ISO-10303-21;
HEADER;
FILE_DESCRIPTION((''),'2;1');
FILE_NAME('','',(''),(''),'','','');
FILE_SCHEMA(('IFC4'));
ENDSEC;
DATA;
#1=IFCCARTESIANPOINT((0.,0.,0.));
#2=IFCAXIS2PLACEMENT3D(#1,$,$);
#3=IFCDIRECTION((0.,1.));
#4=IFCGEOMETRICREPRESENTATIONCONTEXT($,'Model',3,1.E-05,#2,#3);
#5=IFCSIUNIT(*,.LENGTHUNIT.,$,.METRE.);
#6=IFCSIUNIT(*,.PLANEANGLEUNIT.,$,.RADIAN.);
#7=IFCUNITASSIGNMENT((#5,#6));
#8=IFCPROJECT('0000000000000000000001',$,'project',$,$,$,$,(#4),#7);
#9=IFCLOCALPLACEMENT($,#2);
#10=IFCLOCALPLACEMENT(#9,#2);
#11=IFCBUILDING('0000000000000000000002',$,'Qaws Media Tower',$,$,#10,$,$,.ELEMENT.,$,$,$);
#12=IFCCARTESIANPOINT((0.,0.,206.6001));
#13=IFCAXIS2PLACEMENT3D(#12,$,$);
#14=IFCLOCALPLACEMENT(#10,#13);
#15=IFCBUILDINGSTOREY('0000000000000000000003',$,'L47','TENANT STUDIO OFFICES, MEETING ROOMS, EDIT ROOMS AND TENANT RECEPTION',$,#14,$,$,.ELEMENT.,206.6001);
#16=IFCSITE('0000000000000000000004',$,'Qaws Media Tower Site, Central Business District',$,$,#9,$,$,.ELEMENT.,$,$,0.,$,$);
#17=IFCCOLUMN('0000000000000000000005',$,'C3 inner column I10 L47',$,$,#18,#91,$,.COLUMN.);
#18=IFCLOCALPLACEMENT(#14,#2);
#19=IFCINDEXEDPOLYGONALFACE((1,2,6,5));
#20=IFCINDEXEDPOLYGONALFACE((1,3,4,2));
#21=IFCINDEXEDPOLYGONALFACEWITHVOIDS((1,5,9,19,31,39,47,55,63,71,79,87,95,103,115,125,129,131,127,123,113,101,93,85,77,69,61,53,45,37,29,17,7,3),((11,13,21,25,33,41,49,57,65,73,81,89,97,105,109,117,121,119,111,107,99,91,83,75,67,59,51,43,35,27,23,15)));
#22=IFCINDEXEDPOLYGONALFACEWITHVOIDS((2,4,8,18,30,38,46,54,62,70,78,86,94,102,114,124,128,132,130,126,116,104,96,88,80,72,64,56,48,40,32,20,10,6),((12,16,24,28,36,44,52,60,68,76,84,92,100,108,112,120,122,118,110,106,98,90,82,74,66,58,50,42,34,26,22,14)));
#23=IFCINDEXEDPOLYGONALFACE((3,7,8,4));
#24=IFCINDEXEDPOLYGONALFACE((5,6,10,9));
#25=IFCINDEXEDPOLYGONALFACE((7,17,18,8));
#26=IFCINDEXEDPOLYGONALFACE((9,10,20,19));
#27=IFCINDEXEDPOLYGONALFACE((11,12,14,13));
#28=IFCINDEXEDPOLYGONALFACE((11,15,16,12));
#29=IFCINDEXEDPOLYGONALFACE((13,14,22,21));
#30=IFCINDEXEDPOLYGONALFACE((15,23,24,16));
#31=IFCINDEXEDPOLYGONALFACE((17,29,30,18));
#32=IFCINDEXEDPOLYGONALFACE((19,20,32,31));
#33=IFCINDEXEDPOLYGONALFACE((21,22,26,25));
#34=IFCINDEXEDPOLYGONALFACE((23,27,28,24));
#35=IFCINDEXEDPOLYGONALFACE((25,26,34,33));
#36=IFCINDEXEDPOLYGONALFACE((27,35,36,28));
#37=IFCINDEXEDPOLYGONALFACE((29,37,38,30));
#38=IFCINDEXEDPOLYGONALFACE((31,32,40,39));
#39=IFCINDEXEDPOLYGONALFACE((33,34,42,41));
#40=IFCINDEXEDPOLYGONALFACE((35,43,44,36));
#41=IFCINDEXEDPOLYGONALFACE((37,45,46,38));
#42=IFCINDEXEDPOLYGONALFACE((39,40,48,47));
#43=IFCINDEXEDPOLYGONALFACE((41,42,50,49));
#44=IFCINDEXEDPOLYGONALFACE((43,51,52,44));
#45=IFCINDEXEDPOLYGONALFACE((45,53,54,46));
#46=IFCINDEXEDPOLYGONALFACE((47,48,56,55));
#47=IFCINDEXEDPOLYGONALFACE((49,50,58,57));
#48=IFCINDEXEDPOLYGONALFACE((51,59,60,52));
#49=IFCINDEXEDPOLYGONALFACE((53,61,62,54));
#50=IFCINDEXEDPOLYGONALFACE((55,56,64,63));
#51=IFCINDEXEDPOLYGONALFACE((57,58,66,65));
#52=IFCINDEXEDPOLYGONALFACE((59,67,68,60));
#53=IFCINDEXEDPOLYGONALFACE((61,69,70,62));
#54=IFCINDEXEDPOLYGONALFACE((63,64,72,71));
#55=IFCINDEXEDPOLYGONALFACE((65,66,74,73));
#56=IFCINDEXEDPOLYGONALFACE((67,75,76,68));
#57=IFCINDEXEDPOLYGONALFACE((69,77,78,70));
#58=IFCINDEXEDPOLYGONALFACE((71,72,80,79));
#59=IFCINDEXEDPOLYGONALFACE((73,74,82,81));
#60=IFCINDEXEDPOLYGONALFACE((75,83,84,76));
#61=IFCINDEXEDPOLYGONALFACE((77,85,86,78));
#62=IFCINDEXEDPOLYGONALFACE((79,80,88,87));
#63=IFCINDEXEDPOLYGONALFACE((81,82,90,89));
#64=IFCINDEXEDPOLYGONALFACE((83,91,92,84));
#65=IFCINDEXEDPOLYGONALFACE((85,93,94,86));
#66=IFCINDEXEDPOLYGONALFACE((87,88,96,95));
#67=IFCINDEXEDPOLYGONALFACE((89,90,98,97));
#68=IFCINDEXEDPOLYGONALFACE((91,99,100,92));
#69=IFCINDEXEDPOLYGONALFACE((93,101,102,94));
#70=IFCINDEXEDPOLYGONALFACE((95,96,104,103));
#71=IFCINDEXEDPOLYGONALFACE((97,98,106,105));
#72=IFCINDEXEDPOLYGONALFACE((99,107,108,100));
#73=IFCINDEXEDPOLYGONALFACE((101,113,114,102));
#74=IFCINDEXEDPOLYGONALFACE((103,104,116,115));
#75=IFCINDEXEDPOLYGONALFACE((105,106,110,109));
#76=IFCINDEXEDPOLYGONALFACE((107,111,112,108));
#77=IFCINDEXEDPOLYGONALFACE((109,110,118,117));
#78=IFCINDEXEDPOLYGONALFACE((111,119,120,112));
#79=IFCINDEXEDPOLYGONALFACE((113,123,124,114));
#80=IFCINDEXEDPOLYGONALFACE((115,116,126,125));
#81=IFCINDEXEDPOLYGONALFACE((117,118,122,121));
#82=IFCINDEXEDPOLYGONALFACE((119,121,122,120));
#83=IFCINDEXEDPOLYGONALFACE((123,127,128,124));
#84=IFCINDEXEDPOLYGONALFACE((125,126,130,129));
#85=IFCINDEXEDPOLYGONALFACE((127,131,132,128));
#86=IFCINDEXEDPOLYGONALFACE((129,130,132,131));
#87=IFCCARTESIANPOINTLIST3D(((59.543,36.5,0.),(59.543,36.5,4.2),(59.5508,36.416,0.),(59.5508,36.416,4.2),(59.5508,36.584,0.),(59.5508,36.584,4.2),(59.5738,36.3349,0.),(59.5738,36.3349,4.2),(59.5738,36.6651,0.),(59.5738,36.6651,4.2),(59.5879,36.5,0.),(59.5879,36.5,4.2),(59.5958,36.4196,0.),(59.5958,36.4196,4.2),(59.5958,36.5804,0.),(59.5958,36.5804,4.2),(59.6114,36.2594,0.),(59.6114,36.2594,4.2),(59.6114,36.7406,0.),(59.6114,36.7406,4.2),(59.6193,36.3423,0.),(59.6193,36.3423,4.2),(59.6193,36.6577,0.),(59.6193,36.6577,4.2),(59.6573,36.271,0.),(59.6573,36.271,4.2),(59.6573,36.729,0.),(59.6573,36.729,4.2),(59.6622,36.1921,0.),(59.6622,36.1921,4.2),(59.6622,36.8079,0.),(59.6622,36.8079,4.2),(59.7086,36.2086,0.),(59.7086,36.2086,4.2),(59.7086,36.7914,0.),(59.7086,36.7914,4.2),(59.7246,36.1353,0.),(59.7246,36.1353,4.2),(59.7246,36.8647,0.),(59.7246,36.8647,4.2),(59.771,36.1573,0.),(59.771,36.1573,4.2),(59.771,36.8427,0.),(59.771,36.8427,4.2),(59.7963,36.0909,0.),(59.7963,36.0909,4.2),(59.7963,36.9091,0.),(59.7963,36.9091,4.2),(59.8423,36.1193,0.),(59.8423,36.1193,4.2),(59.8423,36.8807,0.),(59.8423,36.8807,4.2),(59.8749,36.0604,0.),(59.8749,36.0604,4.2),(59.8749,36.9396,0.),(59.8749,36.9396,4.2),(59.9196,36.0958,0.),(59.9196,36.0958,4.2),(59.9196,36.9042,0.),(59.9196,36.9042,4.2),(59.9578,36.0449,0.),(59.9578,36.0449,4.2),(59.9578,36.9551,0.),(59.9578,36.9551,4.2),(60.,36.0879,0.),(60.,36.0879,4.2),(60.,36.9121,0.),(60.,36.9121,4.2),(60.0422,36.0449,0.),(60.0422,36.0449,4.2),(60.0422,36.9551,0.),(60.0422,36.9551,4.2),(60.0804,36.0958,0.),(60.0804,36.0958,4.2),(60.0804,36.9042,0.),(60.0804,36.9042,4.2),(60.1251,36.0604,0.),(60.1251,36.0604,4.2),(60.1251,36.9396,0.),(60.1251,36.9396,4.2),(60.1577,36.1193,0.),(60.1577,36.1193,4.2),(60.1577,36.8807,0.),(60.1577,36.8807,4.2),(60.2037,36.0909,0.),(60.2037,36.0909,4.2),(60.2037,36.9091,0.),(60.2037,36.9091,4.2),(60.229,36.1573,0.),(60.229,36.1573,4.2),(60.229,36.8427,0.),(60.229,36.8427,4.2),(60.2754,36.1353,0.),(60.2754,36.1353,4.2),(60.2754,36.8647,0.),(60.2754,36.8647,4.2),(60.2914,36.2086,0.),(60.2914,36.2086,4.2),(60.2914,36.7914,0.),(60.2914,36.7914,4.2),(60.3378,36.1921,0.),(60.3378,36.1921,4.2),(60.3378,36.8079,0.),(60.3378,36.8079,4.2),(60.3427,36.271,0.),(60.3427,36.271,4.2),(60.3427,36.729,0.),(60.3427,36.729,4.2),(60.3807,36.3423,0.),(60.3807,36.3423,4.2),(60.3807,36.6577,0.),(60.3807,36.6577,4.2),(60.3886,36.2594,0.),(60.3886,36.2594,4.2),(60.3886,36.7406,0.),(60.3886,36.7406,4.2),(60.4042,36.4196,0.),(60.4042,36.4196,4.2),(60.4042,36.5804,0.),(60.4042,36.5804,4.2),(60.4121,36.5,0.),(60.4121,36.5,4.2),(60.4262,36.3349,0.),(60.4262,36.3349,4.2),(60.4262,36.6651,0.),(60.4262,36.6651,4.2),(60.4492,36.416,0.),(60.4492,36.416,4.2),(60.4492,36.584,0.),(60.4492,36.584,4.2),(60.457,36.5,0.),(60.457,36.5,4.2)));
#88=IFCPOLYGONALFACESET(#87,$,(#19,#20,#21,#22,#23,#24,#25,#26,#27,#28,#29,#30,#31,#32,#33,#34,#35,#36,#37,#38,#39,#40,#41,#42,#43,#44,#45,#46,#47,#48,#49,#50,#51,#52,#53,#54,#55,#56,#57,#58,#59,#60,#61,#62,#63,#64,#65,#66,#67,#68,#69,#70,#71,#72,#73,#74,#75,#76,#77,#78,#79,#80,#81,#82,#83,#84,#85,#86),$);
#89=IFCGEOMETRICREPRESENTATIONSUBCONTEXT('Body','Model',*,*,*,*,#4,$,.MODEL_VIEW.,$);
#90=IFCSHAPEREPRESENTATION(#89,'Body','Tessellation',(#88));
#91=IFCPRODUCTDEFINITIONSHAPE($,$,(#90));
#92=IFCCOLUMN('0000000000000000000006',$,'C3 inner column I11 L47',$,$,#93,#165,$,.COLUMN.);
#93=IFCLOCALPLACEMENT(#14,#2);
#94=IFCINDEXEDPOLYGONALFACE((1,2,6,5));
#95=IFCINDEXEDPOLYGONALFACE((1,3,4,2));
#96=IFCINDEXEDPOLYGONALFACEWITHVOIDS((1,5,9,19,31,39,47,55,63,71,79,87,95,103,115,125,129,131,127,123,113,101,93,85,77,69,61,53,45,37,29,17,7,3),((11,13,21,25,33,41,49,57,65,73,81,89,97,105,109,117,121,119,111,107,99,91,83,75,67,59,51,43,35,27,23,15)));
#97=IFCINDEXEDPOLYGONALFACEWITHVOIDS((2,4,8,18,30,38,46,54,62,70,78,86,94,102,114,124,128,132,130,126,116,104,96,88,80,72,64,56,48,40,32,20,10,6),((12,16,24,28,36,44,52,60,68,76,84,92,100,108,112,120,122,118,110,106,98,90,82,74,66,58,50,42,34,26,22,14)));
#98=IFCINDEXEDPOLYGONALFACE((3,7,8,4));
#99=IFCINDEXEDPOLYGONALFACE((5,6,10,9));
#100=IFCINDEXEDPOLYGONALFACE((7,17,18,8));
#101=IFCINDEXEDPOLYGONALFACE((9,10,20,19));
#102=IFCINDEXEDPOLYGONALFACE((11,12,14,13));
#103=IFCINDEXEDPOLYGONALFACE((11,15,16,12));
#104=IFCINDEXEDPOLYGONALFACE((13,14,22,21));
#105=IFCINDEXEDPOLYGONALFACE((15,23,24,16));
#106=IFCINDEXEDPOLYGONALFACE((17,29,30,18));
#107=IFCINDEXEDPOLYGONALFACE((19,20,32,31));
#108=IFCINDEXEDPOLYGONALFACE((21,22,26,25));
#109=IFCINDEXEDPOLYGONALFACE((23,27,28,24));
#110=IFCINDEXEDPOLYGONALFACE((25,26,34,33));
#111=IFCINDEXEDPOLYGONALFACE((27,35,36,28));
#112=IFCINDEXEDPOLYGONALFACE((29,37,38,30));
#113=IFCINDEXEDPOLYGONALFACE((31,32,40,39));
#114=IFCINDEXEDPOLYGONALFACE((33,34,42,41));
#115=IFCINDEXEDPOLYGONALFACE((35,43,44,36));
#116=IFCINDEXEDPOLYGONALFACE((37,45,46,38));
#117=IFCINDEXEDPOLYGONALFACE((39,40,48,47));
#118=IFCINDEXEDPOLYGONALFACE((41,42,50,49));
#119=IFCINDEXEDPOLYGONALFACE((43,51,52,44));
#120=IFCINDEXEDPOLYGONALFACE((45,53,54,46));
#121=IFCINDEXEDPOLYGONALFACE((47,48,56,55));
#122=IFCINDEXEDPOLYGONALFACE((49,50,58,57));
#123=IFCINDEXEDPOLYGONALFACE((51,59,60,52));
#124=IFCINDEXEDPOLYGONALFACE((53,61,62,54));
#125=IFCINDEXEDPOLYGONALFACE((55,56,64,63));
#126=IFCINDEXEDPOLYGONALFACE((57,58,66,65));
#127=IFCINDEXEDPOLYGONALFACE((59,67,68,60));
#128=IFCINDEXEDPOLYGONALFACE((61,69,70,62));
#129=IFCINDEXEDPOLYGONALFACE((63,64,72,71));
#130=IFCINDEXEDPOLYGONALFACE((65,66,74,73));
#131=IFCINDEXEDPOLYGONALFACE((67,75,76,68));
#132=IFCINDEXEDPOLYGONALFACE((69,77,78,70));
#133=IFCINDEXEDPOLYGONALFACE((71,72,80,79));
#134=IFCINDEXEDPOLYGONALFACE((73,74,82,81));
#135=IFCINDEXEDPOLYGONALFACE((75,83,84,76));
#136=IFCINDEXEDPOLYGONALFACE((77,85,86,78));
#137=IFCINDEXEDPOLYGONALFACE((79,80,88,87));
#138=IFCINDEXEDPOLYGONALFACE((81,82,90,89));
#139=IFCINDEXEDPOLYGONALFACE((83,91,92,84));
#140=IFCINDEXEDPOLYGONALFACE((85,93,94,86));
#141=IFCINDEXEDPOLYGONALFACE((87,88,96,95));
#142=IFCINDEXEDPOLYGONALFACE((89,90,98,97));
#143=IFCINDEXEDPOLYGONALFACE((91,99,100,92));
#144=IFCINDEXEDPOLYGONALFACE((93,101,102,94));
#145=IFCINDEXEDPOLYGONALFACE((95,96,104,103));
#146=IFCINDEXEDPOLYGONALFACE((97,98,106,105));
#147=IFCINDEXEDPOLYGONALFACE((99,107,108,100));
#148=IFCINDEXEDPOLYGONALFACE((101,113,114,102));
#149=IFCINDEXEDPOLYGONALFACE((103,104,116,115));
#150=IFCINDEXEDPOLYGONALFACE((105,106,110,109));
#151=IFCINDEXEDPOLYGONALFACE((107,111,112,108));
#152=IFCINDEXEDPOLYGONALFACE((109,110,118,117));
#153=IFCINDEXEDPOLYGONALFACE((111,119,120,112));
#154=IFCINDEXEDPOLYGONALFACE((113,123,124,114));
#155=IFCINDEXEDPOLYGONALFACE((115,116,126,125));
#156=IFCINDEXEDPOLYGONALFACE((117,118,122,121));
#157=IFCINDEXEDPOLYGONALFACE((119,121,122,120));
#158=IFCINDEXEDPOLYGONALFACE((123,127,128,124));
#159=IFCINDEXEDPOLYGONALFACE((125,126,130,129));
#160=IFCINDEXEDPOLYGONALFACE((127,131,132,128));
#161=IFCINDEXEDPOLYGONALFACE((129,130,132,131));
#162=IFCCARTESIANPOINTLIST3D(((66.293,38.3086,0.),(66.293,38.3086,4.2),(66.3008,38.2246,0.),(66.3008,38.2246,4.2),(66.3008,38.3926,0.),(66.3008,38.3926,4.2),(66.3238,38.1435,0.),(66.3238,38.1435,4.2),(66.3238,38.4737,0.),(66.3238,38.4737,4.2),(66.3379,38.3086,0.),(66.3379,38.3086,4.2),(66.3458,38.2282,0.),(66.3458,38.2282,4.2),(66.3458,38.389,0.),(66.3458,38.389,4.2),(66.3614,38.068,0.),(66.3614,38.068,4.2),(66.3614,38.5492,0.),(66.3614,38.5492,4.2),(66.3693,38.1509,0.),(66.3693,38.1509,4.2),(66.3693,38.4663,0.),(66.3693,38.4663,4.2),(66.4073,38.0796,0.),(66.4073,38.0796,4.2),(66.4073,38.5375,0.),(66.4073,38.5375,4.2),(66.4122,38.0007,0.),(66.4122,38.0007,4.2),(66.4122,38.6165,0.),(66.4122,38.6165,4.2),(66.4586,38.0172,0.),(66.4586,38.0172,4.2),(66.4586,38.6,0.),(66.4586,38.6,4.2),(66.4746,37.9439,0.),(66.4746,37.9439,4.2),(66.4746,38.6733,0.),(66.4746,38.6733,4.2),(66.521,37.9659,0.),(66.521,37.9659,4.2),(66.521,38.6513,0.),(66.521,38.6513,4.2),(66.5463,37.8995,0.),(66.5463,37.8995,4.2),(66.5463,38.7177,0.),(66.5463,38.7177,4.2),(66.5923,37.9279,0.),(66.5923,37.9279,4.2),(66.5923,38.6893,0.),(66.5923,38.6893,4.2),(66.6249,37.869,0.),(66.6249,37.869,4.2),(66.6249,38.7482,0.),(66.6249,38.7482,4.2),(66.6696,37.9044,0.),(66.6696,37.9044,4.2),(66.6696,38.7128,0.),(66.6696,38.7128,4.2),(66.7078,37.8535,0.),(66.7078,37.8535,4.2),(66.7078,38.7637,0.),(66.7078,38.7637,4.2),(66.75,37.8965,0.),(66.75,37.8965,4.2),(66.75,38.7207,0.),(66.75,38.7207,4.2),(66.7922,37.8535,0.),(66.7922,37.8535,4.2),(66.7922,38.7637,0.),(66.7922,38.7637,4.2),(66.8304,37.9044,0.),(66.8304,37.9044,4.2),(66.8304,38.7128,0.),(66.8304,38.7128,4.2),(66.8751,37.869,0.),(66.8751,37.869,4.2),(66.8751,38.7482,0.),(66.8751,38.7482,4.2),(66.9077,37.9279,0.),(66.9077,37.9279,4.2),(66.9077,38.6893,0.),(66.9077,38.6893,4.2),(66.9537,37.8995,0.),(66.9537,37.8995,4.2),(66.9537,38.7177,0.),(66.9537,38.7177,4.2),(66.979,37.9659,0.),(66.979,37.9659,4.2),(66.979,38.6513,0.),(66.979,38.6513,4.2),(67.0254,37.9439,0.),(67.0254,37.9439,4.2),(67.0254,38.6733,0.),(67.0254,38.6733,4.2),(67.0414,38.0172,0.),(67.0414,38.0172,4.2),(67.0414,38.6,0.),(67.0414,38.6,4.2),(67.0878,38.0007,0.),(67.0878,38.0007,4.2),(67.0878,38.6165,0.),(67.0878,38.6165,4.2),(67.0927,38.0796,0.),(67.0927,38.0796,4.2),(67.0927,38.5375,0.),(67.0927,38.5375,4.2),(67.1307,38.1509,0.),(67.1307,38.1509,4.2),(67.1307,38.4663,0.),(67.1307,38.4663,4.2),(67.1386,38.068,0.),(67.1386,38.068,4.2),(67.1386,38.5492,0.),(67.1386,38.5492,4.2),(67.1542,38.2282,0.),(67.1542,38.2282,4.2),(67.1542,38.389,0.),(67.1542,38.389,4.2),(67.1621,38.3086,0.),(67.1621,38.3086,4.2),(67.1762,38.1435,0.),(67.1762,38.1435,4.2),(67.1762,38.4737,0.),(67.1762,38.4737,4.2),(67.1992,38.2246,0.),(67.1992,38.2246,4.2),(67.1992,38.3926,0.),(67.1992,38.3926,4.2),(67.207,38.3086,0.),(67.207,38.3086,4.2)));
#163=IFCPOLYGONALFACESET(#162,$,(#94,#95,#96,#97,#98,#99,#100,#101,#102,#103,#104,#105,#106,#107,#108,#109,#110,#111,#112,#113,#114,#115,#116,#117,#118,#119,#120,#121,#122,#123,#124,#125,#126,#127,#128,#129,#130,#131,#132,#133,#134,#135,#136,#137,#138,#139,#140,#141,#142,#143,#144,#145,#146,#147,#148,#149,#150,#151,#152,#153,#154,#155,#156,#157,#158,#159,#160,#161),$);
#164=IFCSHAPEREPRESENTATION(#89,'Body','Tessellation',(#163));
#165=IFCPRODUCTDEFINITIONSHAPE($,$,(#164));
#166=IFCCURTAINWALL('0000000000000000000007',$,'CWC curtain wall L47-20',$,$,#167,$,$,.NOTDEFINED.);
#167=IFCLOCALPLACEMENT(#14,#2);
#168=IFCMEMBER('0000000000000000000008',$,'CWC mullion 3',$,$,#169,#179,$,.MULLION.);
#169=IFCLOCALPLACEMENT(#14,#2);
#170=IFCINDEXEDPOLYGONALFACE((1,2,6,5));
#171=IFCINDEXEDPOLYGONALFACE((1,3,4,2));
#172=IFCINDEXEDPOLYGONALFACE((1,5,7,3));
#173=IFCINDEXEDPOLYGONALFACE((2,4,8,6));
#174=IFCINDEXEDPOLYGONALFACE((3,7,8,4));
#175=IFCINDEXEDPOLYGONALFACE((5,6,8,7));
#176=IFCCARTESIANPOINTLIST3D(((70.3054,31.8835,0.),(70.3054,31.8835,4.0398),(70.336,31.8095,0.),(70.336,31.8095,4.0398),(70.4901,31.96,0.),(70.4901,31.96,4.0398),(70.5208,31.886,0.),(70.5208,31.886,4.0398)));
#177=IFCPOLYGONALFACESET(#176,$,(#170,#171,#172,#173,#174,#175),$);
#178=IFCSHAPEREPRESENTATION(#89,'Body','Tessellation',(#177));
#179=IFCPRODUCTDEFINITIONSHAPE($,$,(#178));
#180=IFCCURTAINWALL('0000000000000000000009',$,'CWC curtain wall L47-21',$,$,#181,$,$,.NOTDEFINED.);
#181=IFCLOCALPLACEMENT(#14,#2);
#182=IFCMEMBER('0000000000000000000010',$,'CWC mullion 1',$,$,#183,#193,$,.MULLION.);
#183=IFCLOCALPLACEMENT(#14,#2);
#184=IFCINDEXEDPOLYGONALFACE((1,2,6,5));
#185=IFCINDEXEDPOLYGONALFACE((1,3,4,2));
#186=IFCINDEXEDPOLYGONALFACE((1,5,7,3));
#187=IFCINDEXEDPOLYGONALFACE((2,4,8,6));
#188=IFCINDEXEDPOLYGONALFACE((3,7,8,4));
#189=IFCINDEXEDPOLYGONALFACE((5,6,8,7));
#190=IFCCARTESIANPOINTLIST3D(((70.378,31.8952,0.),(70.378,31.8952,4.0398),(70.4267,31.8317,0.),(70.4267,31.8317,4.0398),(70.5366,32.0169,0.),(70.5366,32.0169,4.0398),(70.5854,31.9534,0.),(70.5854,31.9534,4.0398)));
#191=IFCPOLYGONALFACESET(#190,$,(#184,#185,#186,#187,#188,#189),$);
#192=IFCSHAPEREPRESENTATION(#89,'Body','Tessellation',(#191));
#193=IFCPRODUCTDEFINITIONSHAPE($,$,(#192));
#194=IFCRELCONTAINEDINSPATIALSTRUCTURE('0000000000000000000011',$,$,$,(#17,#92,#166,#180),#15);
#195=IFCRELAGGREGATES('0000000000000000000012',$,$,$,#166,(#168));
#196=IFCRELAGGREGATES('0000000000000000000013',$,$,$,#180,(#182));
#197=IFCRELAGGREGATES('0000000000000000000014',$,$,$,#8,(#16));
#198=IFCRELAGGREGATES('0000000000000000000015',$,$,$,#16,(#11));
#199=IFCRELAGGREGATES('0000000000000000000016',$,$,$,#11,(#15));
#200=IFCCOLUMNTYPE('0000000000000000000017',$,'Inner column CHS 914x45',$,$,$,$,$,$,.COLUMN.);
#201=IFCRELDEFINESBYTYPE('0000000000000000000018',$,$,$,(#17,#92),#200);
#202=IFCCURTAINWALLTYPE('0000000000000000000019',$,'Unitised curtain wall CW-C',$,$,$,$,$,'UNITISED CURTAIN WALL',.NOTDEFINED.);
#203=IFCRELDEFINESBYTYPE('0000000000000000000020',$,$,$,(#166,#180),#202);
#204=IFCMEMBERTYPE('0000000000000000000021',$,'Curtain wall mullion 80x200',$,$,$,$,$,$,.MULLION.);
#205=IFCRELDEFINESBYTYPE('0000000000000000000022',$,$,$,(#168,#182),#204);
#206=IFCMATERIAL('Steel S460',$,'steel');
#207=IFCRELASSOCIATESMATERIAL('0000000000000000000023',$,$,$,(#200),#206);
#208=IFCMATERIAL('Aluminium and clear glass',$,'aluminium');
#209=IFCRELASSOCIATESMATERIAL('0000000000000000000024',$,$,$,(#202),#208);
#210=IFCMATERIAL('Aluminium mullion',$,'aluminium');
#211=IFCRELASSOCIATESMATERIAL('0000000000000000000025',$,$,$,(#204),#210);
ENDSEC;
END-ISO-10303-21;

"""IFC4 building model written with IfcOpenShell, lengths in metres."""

from ifc_helpers import new_model, si_unit, direction, frame, origin, origin_2d, place, context, subcontext, project, spatial, rectangle, hollow_circle, extrude, material, material_profile, profile_set, type_object, element, aggregate, save


model = new_model("IFC4")

# Units and contexts
model_context = context("Model", 3, precision=1e-05, world=origin(), true_north=direction((0.0, 1.0)))
body_context = subcontext(model_context, "Body", "Model", "MODEL_VIEW")
ifc_project = project(units=[si_unit("LENGTHUNIT", "METRE"), si_unit("PLANEANGLEUNIT", "RADIAN")], contexts=[model_context])

# Site, building, storey
site_placement = place(None, origin())
site = spatial("IfcSite", under=ifc_project, at=site_placement, Name="Qaws Media Tower Site, Central Business District", CompositionType="ELEMENT", RefElevation=0.0)
building_placement = place(site_placement, origin())
building = spatial("IfcBuilding", under=site, at=building_placement, Name="Qaws Media Tower", CompositionType="ELEMENT")
storey_placement = place(building_placement, frame((0.0, 0.0, 206.6001)))
storey = spatial("IfcBuildingStorey", under=building, at=storey_placement, Name="L47", Description="TENANT STUDIO OFFICES, MEETING ROOMS, EDIT ROOMS AND TENANT RECEPTION", CompositionType="ELEMENT", Elevation=206.6001)

# Columns
ifc_material_1 = material(Name="Steel S460", Category="steel")
ifc_material_profile_1 = material_profile(ifc_material_1, hollow_circle(Radius=0.457, WallThickness=0.0449, at=origin_2d()), Name="CHS 914x45")
ifc_profile_set_1 = profile_set([ifc_material_profile_1], Name="Steel S460")
column_type = type_object("IfcColumnType", Name="Inner column CHS 914x45", PredefinedType="COLUMN", material=ifc_profile_set_1)
for number, where, z_axis, x_axis, name in (
    (1, (60.0, 36.5, 0.0), (0.0, 0.0, 1.0), (1.0, 0.0, 0.0), "C3 inner column I10 L47"),
    (2, (66.75, 38.3086, 0.0), (0.0, 0.0, 1.0), (1.0, 0.0, 0.0), "C3 inner column I11 L47"),
):
    element("IfcColumn", number, at=place(storey_placement, frame(where, z_axis=z_axis, x_axis=x_axis)), inside=storey, type_object=column_type, Name=name, PredefinedType="COLUMN", context=body_context, shape_type="SweptSolid", body=[
        extrude(hollow_circle(Radius=0.457, WallThickness=0.0449, at=origin_2d()), origin(), (0.0, 0.0, 1.0), 4.2),
    ])

# Curtain walls, members
ifc_material_2 = material(Name="Aluminium and clear glass", Category="aluminium")
curtain_wall_type = type_object("IfcCurtainWallType", Name="Unitised curtain wall CW-C", ElementType="UNITISED CURTAIN WALL", PredefinedType="NOTDEFINED", material=ifc_material_2)
curtain_wall_1_placement = place(storey_placement, origin())
curtain_wall_1 = element("IfcCurtainWall", 3, at=curtain_wall_1_placement, inside=storey, type_object=curtain_wall_type, Name="CWC curtain wall L47-20", PredefinedType="NOTDEFINED")
ifc_material_3 = material(Name="Aluminium mullion", Category="aluminium")
ifc_material_profile_2 = material_profile(ifc_material_3, rectangle(XDim=0.0801, YDim=0.2, at=origin_2d()), Name="80x200")
ifc_profile_set_2 = profile_set([ifc_material_profile_2], Name="Aluminium mullion")
member_type = type_object("IfcMemberType", Name="Curtain wall mullion 80x200", PredefinedType="MULLION", material=ifc_profile_set_2)
member_1_placement = place(storey_placement, frame((70.4131, 31.8848, 0.0), z_axis=(0.0, 0.0, 1.0), x_axis=(-0.382683, 0.92388, 0.0)))
member_1 = element("IfcMember", 4, at=member_1_placement, type_object=member_type, Name="CWC mullion 3", PredefinedType="MULLION", context=body_context, shape_type="SweptSolid", body=[
    extrude(rectangle(XDim=0.0801, YDim=0.2, at=origin_2d()), origin(), (0.0, 0.0, 1.0), 4.0398),
])
aggregate(curtain_wall_1, [member_1])
curtain_wall_2_placement = place(storey_placement, origin())
curtain_wall_2 = element("IfcCurtainWall", 5, at=curtain_wall_2_placement, inside=storey, type_object=curtain_wall_type, Name="CWC curtain wall L47-21", PredefinedType="NOTDEFINED")
member_2_placement = place(storey_placement, frame((70.4817, 31.9243, 0.0), z_axis=(0.0, 0.0, 1.0), x_axis=(-0.608761, 0.793353, 0.0)))
member_2 = element("IfcMember", 6, at=member_2_placement, type_object=member_type, Name="CWC mullion 1", PredefinedType="MULLION", context=body_context, shape_type="SweptSolid", body=[
    extrude(rectangle(XDim=0.0801, YDim=0.2, at=origin_2d()), origin(), (0.0, 0.0, 1.0), 4.0398),
])
aggregate(curtain_wall_2, [member_2])

save(model, "model.ifc")
